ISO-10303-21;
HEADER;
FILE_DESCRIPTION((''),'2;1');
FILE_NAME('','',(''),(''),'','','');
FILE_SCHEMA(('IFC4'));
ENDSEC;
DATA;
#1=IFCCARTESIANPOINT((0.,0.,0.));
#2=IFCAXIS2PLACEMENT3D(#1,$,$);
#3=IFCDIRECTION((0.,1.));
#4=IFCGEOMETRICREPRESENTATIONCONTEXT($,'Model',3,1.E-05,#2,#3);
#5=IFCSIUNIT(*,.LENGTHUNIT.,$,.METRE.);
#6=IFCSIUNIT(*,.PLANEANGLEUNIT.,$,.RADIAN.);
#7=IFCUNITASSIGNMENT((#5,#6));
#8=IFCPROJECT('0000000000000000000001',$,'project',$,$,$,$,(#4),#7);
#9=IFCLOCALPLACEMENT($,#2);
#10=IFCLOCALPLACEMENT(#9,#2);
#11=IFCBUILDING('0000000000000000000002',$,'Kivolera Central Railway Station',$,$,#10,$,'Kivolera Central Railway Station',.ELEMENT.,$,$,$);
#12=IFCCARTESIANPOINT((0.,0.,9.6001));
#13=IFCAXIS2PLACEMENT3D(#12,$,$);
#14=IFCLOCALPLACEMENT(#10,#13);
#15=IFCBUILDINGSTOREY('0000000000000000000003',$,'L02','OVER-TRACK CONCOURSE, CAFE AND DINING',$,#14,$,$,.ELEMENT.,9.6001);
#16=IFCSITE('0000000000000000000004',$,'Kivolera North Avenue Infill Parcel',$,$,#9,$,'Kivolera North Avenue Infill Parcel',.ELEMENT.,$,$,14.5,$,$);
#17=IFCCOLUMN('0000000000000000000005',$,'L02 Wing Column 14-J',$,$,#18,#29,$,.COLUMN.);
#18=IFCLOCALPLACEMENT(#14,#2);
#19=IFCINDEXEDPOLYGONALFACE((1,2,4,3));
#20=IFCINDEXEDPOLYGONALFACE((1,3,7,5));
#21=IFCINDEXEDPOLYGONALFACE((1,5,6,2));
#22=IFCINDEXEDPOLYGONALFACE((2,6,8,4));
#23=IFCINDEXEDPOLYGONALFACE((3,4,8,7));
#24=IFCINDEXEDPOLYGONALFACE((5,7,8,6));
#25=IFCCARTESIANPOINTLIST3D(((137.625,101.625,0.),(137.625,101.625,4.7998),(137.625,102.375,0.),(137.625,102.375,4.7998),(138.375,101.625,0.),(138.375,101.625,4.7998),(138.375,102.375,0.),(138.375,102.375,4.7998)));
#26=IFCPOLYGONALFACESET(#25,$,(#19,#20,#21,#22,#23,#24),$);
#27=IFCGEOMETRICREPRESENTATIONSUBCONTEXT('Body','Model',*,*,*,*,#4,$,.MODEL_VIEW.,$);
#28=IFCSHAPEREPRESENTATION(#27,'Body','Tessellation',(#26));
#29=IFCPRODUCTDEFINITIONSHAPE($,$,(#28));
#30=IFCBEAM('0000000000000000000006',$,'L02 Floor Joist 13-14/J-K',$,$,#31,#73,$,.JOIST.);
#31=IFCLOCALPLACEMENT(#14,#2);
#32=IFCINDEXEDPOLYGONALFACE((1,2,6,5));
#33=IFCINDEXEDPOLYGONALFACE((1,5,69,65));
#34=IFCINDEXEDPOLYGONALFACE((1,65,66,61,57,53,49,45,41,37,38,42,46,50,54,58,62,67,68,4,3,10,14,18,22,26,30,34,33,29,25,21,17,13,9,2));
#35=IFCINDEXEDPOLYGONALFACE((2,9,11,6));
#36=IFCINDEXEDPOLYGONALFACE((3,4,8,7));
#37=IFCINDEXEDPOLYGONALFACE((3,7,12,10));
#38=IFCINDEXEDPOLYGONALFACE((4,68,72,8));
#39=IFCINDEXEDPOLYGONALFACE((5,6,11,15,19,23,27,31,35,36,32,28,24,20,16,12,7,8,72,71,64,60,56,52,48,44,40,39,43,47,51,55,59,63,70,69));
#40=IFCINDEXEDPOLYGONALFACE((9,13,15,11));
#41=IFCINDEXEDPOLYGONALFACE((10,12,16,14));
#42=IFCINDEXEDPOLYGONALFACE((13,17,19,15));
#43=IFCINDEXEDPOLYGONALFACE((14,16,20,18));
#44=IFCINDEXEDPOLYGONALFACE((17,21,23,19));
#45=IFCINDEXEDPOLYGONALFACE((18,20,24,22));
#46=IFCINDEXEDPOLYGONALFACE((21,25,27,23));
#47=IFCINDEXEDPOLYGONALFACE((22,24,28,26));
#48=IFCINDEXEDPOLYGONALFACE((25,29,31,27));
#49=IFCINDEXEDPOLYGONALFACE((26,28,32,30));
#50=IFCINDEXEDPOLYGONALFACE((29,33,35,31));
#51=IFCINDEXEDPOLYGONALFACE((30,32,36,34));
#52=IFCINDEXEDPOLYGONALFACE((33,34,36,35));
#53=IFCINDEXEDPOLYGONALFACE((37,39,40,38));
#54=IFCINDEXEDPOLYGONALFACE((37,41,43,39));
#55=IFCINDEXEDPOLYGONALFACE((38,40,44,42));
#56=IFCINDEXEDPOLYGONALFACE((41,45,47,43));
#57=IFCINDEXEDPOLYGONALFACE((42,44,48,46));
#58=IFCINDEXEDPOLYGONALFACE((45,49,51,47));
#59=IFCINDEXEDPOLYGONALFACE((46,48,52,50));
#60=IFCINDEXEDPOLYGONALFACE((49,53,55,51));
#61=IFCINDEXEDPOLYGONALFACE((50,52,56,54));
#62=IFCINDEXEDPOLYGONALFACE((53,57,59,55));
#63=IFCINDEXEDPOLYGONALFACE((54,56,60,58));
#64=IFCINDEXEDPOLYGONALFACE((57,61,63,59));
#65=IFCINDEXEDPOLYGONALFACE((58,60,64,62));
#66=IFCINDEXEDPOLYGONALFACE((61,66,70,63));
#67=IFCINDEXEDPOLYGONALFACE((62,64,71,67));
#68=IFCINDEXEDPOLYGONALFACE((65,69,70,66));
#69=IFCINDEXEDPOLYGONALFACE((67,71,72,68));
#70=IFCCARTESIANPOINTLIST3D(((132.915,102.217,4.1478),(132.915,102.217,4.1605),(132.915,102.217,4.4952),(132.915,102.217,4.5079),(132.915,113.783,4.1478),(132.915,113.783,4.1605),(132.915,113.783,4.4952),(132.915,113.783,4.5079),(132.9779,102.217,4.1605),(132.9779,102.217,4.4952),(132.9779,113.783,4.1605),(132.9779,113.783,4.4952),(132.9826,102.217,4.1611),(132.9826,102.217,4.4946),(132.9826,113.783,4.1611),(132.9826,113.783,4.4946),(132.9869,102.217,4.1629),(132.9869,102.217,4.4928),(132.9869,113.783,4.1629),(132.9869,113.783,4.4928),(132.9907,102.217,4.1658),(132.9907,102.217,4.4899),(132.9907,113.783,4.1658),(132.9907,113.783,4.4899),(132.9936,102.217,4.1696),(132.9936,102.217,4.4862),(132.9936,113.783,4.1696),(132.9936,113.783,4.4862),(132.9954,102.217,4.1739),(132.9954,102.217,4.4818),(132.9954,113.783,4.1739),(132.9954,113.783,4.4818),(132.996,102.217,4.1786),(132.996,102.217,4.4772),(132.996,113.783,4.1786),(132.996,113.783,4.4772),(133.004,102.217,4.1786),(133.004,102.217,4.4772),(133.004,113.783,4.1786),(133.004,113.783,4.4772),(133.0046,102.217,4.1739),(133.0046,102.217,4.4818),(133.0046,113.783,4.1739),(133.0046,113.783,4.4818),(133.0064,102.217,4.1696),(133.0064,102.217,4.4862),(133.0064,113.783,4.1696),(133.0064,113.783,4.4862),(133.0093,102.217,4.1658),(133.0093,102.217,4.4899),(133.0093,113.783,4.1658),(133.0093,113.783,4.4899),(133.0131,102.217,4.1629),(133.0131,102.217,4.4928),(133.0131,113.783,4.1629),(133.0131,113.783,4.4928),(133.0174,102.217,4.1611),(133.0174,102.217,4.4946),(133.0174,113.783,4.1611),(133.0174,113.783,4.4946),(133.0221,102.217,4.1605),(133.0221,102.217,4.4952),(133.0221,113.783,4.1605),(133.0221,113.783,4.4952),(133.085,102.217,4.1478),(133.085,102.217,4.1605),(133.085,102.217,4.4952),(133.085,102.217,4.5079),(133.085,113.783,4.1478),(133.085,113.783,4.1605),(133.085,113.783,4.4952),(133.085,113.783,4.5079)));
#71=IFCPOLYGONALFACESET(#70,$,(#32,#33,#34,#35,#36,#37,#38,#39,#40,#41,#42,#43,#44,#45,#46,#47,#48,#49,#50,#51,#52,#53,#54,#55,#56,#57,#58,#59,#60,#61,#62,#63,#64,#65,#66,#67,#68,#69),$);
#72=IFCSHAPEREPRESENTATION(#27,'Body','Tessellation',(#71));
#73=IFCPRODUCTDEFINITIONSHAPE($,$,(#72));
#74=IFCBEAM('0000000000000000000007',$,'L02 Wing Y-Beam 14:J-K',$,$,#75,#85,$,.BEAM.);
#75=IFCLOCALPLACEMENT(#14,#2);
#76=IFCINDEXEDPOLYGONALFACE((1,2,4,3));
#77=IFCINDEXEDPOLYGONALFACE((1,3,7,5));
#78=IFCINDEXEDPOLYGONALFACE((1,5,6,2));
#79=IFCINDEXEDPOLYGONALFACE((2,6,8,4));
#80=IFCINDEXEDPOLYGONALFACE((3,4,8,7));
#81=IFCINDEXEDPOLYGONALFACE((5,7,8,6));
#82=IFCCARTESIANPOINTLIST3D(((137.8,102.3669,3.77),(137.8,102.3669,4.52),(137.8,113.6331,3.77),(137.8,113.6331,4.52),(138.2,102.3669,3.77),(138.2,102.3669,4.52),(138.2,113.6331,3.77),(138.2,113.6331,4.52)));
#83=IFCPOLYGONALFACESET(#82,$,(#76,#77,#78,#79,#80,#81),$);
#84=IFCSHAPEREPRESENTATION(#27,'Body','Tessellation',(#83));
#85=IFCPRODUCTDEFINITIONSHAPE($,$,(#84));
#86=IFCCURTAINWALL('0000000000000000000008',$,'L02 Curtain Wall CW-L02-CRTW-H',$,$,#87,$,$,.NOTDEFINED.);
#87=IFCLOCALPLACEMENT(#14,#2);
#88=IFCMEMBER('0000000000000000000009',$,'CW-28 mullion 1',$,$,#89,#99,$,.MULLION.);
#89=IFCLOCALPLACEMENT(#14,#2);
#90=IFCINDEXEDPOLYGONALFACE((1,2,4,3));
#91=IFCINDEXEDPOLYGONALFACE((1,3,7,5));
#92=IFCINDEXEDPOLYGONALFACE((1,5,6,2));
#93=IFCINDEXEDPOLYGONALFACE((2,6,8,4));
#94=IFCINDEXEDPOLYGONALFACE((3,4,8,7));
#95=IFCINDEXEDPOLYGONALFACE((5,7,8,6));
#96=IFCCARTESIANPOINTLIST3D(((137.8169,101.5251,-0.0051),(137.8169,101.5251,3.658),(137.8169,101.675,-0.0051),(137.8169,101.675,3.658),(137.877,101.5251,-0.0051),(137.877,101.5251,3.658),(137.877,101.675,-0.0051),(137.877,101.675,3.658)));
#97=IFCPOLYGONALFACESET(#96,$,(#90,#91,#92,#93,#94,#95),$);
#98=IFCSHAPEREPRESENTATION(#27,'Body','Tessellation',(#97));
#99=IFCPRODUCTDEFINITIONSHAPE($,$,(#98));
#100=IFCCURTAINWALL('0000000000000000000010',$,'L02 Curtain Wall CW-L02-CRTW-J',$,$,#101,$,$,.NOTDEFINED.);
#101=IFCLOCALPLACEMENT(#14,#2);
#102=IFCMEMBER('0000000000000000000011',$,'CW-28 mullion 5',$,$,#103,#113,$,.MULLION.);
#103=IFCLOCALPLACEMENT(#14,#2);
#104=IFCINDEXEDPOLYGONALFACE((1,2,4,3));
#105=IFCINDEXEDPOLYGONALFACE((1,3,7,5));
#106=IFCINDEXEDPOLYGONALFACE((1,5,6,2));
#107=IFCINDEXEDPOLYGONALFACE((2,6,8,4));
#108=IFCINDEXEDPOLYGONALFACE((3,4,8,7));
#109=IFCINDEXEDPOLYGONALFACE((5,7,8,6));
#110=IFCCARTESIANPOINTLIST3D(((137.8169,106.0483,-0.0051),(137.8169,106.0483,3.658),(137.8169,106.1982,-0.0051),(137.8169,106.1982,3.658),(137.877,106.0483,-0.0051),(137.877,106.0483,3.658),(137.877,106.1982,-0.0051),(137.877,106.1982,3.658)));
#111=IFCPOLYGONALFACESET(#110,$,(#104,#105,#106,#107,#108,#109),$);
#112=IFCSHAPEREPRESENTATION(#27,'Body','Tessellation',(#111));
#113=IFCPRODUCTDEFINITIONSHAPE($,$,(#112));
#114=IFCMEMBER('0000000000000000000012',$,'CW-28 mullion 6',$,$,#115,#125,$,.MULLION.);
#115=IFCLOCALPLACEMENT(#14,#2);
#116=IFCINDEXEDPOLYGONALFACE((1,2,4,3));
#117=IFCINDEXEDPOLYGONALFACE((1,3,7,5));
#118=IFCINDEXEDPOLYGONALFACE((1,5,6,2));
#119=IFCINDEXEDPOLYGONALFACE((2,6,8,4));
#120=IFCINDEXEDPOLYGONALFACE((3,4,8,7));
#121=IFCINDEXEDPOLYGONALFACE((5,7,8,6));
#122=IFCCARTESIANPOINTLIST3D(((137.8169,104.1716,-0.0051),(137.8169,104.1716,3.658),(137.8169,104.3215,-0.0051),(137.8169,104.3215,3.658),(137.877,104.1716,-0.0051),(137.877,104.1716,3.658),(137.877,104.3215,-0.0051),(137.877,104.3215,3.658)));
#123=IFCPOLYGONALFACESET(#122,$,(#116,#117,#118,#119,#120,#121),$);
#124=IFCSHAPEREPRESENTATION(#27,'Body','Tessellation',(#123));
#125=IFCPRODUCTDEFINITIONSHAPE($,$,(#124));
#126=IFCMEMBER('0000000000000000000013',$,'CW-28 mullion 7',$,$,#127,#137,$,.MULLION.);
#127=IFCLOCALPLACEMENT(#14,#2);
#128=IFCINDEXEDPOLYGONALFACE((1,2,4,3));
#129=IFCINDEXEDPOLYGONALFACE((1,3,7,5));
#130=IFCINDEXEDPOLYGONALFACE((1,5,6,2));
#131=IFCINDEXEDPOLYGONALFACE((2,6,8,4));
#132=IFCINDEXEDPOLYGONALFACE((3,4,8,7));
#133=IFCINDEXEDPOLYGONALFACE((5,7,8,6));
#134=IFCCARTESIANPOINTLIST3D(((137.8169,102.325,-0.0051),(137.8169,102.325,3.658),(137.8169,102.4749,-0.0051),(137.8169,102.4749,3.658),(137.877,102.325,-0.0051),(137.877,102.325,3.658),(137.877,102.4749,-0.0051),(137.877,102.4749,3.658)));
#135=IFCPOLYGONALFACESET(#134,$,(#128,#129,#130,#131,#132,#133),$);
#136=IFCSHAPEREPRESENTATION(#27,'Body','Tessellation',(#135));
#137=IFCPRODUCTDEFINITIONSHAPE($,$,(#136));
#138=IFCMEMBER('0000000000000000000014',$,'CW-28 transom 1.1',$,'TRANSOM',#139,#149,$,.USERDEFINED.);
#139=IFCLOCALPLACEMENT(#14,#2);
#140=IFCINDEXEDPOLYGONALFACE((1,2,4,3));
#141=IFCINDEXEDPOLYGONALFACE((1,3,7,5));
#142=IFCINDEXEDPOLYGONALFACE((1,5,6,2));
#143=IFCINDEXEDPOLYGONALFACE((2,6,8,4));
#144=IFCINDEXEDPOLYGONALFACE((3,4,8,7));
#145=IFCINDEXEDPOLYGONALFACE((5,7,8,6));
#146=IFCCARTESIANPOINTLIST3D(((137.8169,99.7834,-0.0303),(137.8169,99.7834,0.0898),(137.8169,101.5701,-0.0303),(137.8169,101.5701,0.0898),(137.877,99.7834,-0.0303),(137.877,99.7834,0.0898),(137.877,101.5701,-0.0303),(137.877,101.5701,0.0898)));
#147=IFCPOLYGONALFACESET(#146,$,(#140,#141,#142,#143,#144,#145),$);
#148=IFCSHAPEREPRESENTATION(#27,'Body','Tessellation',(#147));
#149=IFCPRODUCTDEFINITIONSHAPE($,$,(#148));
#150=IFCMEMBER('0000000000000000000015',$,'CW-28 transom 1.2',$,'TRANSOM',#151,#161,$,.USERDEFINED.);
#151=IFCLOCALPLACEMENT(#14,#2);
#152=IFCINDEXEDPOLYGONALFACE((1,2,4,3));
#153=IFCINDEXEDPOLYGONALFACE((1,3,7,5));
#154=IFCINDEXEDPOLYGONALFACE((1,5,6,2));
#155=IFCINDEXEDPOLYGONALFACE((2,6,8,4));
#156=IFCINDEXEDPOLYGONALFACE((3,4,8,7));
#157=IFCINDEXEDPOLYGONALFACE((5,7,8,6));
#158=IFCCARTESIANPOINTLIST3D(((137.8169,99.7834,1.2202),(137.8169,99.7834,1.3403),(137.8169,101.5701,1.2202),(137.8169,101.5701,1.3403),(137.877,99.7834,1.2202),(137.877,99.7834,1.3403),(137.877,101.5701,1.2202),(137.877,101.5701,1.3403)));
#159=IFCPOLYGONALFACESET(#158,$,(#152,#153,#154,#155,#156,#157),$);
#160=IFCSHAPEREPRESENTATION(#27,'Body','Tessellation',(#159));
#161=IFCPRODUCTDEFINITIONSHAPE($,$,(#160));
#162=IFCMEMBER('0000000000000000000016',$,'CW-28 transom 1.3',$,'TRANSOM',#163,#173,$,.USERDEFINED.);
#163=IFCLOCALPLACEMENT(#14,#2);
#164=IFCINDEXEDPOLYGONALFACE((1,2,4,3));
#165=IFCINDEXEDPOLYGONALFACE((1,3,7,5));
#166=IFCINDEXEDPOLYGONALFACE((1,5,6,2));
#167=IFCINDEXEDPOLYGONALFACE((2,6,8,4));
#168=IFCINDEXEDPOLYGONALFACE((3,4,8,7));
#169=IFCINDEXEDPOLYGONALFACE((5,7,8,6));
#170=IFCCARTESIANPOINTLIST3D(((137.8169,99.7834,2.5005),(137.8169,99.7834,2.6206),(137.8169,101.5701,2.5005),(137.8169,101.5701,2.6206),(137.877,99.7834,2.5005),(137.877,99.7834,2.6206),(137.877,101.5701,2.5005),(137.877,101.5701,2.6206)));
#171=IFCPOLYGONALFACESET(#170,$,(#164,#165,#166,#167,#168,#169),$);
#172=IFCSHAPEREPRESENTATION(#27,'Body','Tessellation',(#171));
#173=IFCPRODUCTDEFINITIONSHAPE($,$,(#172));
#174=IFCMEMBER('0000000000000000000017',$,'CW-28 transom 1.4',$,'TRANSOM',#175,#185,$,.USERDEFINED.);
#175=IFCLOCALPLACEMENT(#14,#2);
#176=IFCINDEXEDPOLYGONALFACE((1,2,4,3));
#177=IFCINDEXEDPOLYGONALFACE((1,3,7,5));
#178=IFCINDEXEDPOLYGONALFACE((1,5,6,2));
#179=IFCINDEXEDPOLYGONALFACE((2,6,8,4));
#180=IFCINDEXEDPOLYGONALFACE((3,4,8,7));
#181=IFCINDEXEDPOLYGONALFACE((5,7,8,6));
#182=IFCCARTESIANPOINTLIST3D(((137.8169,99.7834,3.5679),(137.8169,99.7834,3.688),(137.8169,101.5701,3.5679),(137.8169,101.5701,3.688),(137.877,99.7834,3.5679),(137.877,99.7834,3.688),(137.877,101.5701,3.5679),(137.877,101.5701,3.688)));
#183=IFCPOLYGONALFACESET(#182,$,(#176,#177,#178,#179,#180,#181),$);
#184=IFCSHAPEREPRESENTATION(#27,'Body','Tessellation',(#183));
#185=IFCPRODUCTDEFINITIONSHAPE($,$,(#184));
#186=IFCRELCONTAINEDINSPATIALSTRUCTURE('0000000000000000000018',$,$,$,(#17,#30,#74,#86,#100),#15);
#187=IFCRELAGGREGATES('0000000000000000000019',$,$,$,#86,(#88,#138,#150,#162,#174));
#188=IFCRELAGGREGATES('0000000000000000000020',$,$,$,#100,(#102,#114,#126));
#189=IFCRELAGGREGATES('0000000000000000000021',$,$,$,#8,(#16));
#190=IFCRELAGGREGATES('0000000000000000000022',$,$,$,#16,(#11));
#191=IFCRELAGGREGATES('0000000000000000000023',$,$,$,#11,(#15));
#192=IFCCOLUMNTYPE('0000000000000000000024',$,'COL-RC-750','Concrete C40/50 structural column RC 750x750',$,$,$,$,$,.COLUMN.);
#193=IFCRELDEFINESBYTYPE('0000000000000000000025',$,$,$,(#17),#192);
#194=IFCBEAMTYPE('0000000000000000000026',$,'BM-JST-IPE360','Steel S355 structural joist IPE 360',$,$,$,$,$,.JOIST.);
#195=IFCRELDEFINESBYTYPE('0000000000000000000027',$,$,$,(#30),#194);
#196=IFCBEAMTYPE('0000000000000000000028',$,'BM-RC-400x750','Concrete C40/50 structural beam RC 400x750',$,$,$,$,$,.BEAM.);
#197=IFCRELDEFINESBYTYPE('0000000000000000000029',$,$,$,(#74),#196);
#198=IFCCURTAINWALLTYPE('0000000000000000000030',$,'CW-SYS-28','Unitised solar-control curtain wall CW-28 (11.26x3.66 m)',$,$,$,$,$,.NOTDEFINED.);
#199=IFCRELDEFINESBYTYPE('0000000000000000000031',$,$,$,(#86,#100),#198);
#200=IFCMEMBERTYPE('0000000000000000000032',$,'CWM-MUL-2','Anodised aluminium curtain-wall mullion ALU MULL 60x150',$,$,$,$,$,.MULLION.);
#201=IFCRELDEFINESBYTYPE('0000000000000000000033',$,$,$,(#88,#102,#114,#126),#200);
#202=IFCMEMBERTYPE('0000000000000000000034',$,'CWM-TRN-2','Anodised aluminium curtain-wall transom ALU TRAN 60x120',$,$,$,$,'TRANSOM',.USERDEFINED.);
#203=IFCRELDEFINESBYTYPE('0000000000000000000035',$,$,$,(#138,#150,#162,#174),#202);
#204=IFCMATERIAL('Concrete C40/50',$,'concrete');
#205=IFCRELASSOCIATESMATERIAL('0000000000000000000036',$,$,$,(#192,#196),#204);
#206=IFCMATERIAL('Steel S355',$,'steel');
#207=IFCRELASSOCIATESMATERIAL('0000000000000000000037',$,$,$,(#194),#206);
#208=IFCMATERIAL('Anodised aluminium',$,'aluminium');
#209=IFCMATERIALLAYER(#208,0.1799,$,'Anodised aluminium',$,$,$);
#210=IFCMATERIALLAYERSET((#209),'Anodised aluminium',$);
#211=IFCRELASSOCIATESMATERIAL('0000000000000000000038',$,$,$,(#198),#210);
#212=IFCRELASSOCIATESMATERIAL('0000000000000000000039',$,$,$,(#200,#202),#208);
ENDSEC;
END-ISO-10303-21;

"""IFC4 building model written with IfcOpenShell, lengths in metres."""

from ifc_helpers import new_model, si_unit, direction, frame, origin, origin_2d, place, context, subcontext, project, spatial, rectangle, i_section, extrude, material, layer, layer_set, material_profile, profile_set, type_object, element, aggregate, save


model = new_model("IFC4")

# Units and contexts
model_context = context("Model", 3, precision=1e-05, world=origin(), true_north=direction((0.0, 1.0)))
body_context = subcontext(model_context, "Body", "Model", "MODEL_VIEW")
ifc_project = project(units=[si_unit("LENGTHUNIT", "METRE"), si_unit("PLANEANGLEUNIT", "RADIAN")], contexts=[model_context])

# Site, building, storey
site_placement = place(None, origin())
site = spatial("IfcSite", under=ifc_project, at=site_placement, Name="Kivolera North Avenue Infill Parcel", LongName="Kivolera North Avenue Infill Parcel", CompositionType="ELEMENT", RefElevation=14.5)
building_placement = place(site_placement, origin())
building = spatial("IfcBuilding", under=site, at=building_placement, Name="Kivolera Central Railway Station", LongName="Kivolera Central Railway Station", CompositionType="ELEMENT")
storey_placement = place(building_placement, frame((0.0, 0.0, 9.6001)))
storey = spatial("IfcBuildingStorey", under=building, at=storey_placement, Name="L02", Description="OVER-TRACK CONCOURSE, CAFE AND DINING", CompositionType="ELEMENT", Elevation=9.6001)

# Column
ifc_material_1 = material(Name="Concrete C40/50", Category="concrete")
ifc_material_profile_1 = material_profile(ifc_material_1, rectangle(XDim=0.75, YDim=0.75, at=origin_2d()), Name="RC 750x750")
ifc_profile_set_1 = profile_set([ifc_material_profile_1], Name="Concrete C40/50")
column_type = type_object("IfcColumnType", Name="COL-RC-750", Description="Concrete C40/50 structural column RC 750x750", PredefinedType="COLUMN", material=ifc_profile_set_1)
column_placement = place(storey_placement, frame((138.0, 102.0, 0.0), z_axis=(0.0, 0.0, 1.0), x_axis=(1.0, 0.0, 0.0)))
element("IfcColumn", 1, at=column_placement, inside=storey, type_object=column_type, Name="L02 Wing Column 14-J", PredefinedType="COLUMN", context=body_context, shape_type="SweptSolid", body=[
    extrude(rectangle(XDim=0.75, YDim=0.75, at=origin_2d()), origin(), (0.0, 0.0, 1.0), 4.7998),
])

# Beams
ifc_material_2 = material(Name="Steel S355", Category="steel")
ifc_material_profile_2 = material_profile(ifc_material_2, i_section(OverallWidth=0.1699, OverallDepth=0.3601, WebThickness=0.0081, FlangeThickness=0.0127, FilletRadius=0.0181, at=origin_2d()), Name="IPE 360")
ifc_profile_set_2 = profile_set([ifc_material_profile_2], Name="Steel S355")
beam_type_1 = type_object("IfcBeamType", Name="BM-JST-IPE360", Description="Steel S355 structural joist IPE 360", PredefinedType="JOIST", material=ifc_profile_set_2)
beam_1_placement = place(storey_placement, frame((133.0, 102.217, 4.3279), z_axis=(0.0, 1.0, 0.0), x_axis=(-1.0, 0.0, 0.0)))
element("IfcBeam", 2, at=beam_1_placement, inside=storey, type_object=beam_type_1, Name="L02 Floor Joist 13-14/J-K", PredefinedType="JOIST", context=body_context, shape_type="SweptSolid", body=[
    extrude(i_section(OverallWidth=0.1699, OverallDepth=0.3601, WebThickness=0.0081, FlangeThickness=0.0127, FilletRadius=0.0181, at=origin_2d()), origin(), (0.0, 0.0, 1.0), 11.5659),
])
ifc_material_profile_3 = material_profile(ifc_material_1, rectangle(XDim=0.3999, YDim=0.75, at=origin_2d()), Name="RC 400x750")
ifc_profile_set_3 = profile_set([ifc_material_profile_3], Name="Concrete C40/50")
beam_type_2 = type_object("IfcBeamType", Name="BM-RC-400x750", Description="Concrete C40/50 structural beam RC 400x750", PredefinedType="BEAM", material=ifc_profile_set_3)
beam_2_placement = place(storey_placement, frame((138.0, 102.3669, 4.145), z_axis=(0.0, 1.0, 0.0), x_axis=(-1.0, 0.0, 0.0)))
element("IfcBeam", 3, at=beam_2_placement, inside=storey, type_object=beam_type_2, Name="L02 Wing Y-Beam 14:J-K", PredefinedType="BEAM", context=body_context, shape_type="SweptSolid", body=[
    extrude(rectangle(XDim=0.3999, YDim=0.75, at=origin_2d()), origin(), (0.0, 0.0, 1.0), 11.2661),
])

# Curtain wall, member
ifc_material_3 = material(Name="Anodised aluminium", Category="aluminium")
ifc_layer_1 = layer(ifc_material_3, 0.1799, Name="Anodised aluminium")
ifc_layer_set_1 = layer_set([ifc_layer_1], Name="Anodised aluminium")
curtain_wall_type = type_object("IfcCurtainWallType", Name="CW-SYS-28", Description="Unitised solar-control curtain wall CW-28 (11.26x3.66 m)", PredefinedType="NOTDEFINED", material=ifc_layer_set_1)
curtain_wall_1_placement = place(storey_placement, origin())
curtain_wall_1 = element("IfcCurtainWall", 4, at=curtain_wall_1_placement, inside=storey, type_object=curtain_wall_type, Name="L02 Curtain Wall CW-L02-CRTW-H", PredefinedType="NOTDEFINED")
ifc_material_profile_4 = material_profile(ifc_material_3, rectangle(XDim=0.0601, YDim=0.1499, at=origin_2d()), Name="ALU MULL 60x150")
ifc_profile_set_4 = profile_set([ifc_material_profile_4], Name="Anodised aluminium")
member_type_1 = type_object("IfcMemberType", Name="CWM-MUL-2", Description="Anodised aluminium curtain-wall mullion ALU MULL 60x150", PredefinedType="MULLION", material=ifc_profile_set_4)
member_1_placement = place(storey_placement, frame((137.8469, 101.6001, -0.0051), z_axis=(0.0, 0.0, 1.0), x_axis=(1.0, 0.0, 0.0)))
member_1 = element("IfcMember", 5, at=member_1_placement, type_object=member_type_1, Name="CW-28 mullion 1", PredefinedType="MULLION", context=body_context, shape_type="SweptSolid", body=[
    extrude(rectangle(XDim=0.0601, YDim=0.1499, at=origin_2d()), origin(), (0.0, 0.0, 1.0), 3.6631),
])

# Curtain wall, members
curtain_wall_2_placement = place(storey_placement, origin())
curtain_wall_2 = element("IfcCurtainWall", 6, at=curtain_wall_2_placement, inside=storey, type_object=curtain_wall_type, Name="L02 Curtain Wall CW-L02-CRTW-J", PredefinedType="NOTDEFINED")
member_2_placement = place(storey_placement, frame((137.8469, 106.1233, -0.0051), z_axis=(0.0, 0.0, 1.0), x_axis=(1.0, 0.0, 0.0)))
member_2 = element("IfcMember", 7, at=member_2_placement, type_object=member_type_1, Name="CW-28 mullion 5", PredefinedType="MULLION", context=body_context, shape_type="SweptSolid", body=[
    extrude(rectangle(XDim=0.0601, YDim=0.1499, at=origin_2d()), origin(), (0.0, 0.0, 1.0), 3.6631),
])
member_3_placement = place(storey_placement, frame((137.8469, 104.2466, -0.0051), z_axis=(0.0, 0.0, 1.0), x_axis=(1.0, 0.0, 0.0)))
member_3 = element("IfcMember", 8, at=member_3_placement, type_object=member_type_1, Name="CW-28 mullion 6", PredefinedType="MULLION", context=body_context, shape_type="SweptSolid", body=[
    extrude(rectangle(XDim=0.0601, YDim=0.1499, at=origin_2d()), origin(), (0.0, 0.0, 1.0), 3.6631),
])
member_4_placement = place(storey_placement, frame((137.8469, 102.3999, -0.0051), z_axis=(0.0, 0.0, 1.0), x_axis=(1.0, 0.0, 0.0)))
member_4 = element("IfcMember", 9, at=member_4_placement, type_object=member_type_1, Name="CW-28 mullion 7", PredefinedType="MULLION", context=body_context, shape_type="SweptSolid", body=[
    extrude(rectangle(XDim=0.0601, YDim=0.1499, at=origin_2d()), origin(), (0.0, 0.0, 1.0), 3.6631),
])

# Members
ifc_material_profile_5 = material_profile(ifc_material_3, rectangle(XDim=0.0601, YDim=0.1201, at=origin_2d()), Name="ALU TRAN 60x120")
ifc_profile_set_5 = profile_set([ifc_material_profile_5], Name="Anodised aluminium")
member_type_2 = type_object("IfcMemberType", Name="CWM-TRN-2", Description="Anodised aluminium curtain-wall transom ALU TRAN 60x120", ElementType="TRANSOM", PredefinedType="USERDEFINED", material=ifc_profile_set_5)
member_5_placement = place(storey_placement, frame((137.8469, 101.5701, 0.0298), z_axis=(0.0, -1.0, 0.0), x_axis=(1.0, 0.0, 0.0)))
member_5 = element("IfcMember", 10, at=member_5_placement, type_object=member_type_2, Name="CW-28 transom 1.1", ObjectType="TRANSOM", PredefinedType="USERDEFINED", context=body_context, shape_type="SweptSolid", body=[
    extrude(rectangle(XDim=0.0601, YDim=0.1201, at=origin_2d()), origin(), (0.0, 0.0, 1.0), 1.7866),
])
member_6_placement = place(storey_placement, frame((137.8469, 101.5701, 1.2803), z_axis=(0.0, -1.0, 0.0), x_axis=(1.0, 0.0, 0.0)))
member_6 = element("IfcMember", 11, at=member_6_placement, type_object=member_type_2, Name="CW-28 transom 1.2", ObjectType="TRANSOM", PredefinedType="USERDEFINED", context=body_context, shape_type="SweptSolid", body=[
    extrude(rectangle(XDim=0.0601, YDim=0.1201, at=origin_2d()), origin(), (0.0, 0.0, 1.0), 1.7866),
])
member_7_placement = place(storey_placement, frame((137.8469, 101.5701, 2.5605), z_axis=(0.0, -1.0, 0.0), x_axis=(1.0, 0.0, 0.0)))
member_7 = element("IfcMember", 12, at=member_7_placement, type_object=member_type_2, Name="CW-28 transom 1.3", ObjectType="TRANSOM", PredefinedType="USERDEFINED", context=body_context, shape_type="SweptSolid", body=[
    extrude(rectangle(XDim=0.0601, YDim=0.1201, at=origin_2d()), origin(), (0.0, 0.0, 1.0), 1.7866),
])
member_8_placement = place(storey_placement, frame((137.8469, 101.5701, 3.6279), z_axis=(0.0, -1.0, 0.0), x_axis=(1.0, 0.0, 0.0)))
member_8 = element("IfcMember", 13, at=member_8_placement, type_object=member_type_2, Name="CW-28 transom 1.4", ObjectType="TRANSOM", PredefinedType="USERDEFINED", context=body_context, shape_type="SweptSolid", body=[
    extrude(rectangle(XDim=0.0601, YDim=0.1201, at=origin_2d()), origin(), (0.0, 0.0, 1.0), 1.7866),
])
aggregate(curtain_wall_1, [member_1, member_5, member_6, member_7, member_8])

aggregate(curtain_wall_2, [member_2, member_3, member_4])

save(model, "model.ifc")
